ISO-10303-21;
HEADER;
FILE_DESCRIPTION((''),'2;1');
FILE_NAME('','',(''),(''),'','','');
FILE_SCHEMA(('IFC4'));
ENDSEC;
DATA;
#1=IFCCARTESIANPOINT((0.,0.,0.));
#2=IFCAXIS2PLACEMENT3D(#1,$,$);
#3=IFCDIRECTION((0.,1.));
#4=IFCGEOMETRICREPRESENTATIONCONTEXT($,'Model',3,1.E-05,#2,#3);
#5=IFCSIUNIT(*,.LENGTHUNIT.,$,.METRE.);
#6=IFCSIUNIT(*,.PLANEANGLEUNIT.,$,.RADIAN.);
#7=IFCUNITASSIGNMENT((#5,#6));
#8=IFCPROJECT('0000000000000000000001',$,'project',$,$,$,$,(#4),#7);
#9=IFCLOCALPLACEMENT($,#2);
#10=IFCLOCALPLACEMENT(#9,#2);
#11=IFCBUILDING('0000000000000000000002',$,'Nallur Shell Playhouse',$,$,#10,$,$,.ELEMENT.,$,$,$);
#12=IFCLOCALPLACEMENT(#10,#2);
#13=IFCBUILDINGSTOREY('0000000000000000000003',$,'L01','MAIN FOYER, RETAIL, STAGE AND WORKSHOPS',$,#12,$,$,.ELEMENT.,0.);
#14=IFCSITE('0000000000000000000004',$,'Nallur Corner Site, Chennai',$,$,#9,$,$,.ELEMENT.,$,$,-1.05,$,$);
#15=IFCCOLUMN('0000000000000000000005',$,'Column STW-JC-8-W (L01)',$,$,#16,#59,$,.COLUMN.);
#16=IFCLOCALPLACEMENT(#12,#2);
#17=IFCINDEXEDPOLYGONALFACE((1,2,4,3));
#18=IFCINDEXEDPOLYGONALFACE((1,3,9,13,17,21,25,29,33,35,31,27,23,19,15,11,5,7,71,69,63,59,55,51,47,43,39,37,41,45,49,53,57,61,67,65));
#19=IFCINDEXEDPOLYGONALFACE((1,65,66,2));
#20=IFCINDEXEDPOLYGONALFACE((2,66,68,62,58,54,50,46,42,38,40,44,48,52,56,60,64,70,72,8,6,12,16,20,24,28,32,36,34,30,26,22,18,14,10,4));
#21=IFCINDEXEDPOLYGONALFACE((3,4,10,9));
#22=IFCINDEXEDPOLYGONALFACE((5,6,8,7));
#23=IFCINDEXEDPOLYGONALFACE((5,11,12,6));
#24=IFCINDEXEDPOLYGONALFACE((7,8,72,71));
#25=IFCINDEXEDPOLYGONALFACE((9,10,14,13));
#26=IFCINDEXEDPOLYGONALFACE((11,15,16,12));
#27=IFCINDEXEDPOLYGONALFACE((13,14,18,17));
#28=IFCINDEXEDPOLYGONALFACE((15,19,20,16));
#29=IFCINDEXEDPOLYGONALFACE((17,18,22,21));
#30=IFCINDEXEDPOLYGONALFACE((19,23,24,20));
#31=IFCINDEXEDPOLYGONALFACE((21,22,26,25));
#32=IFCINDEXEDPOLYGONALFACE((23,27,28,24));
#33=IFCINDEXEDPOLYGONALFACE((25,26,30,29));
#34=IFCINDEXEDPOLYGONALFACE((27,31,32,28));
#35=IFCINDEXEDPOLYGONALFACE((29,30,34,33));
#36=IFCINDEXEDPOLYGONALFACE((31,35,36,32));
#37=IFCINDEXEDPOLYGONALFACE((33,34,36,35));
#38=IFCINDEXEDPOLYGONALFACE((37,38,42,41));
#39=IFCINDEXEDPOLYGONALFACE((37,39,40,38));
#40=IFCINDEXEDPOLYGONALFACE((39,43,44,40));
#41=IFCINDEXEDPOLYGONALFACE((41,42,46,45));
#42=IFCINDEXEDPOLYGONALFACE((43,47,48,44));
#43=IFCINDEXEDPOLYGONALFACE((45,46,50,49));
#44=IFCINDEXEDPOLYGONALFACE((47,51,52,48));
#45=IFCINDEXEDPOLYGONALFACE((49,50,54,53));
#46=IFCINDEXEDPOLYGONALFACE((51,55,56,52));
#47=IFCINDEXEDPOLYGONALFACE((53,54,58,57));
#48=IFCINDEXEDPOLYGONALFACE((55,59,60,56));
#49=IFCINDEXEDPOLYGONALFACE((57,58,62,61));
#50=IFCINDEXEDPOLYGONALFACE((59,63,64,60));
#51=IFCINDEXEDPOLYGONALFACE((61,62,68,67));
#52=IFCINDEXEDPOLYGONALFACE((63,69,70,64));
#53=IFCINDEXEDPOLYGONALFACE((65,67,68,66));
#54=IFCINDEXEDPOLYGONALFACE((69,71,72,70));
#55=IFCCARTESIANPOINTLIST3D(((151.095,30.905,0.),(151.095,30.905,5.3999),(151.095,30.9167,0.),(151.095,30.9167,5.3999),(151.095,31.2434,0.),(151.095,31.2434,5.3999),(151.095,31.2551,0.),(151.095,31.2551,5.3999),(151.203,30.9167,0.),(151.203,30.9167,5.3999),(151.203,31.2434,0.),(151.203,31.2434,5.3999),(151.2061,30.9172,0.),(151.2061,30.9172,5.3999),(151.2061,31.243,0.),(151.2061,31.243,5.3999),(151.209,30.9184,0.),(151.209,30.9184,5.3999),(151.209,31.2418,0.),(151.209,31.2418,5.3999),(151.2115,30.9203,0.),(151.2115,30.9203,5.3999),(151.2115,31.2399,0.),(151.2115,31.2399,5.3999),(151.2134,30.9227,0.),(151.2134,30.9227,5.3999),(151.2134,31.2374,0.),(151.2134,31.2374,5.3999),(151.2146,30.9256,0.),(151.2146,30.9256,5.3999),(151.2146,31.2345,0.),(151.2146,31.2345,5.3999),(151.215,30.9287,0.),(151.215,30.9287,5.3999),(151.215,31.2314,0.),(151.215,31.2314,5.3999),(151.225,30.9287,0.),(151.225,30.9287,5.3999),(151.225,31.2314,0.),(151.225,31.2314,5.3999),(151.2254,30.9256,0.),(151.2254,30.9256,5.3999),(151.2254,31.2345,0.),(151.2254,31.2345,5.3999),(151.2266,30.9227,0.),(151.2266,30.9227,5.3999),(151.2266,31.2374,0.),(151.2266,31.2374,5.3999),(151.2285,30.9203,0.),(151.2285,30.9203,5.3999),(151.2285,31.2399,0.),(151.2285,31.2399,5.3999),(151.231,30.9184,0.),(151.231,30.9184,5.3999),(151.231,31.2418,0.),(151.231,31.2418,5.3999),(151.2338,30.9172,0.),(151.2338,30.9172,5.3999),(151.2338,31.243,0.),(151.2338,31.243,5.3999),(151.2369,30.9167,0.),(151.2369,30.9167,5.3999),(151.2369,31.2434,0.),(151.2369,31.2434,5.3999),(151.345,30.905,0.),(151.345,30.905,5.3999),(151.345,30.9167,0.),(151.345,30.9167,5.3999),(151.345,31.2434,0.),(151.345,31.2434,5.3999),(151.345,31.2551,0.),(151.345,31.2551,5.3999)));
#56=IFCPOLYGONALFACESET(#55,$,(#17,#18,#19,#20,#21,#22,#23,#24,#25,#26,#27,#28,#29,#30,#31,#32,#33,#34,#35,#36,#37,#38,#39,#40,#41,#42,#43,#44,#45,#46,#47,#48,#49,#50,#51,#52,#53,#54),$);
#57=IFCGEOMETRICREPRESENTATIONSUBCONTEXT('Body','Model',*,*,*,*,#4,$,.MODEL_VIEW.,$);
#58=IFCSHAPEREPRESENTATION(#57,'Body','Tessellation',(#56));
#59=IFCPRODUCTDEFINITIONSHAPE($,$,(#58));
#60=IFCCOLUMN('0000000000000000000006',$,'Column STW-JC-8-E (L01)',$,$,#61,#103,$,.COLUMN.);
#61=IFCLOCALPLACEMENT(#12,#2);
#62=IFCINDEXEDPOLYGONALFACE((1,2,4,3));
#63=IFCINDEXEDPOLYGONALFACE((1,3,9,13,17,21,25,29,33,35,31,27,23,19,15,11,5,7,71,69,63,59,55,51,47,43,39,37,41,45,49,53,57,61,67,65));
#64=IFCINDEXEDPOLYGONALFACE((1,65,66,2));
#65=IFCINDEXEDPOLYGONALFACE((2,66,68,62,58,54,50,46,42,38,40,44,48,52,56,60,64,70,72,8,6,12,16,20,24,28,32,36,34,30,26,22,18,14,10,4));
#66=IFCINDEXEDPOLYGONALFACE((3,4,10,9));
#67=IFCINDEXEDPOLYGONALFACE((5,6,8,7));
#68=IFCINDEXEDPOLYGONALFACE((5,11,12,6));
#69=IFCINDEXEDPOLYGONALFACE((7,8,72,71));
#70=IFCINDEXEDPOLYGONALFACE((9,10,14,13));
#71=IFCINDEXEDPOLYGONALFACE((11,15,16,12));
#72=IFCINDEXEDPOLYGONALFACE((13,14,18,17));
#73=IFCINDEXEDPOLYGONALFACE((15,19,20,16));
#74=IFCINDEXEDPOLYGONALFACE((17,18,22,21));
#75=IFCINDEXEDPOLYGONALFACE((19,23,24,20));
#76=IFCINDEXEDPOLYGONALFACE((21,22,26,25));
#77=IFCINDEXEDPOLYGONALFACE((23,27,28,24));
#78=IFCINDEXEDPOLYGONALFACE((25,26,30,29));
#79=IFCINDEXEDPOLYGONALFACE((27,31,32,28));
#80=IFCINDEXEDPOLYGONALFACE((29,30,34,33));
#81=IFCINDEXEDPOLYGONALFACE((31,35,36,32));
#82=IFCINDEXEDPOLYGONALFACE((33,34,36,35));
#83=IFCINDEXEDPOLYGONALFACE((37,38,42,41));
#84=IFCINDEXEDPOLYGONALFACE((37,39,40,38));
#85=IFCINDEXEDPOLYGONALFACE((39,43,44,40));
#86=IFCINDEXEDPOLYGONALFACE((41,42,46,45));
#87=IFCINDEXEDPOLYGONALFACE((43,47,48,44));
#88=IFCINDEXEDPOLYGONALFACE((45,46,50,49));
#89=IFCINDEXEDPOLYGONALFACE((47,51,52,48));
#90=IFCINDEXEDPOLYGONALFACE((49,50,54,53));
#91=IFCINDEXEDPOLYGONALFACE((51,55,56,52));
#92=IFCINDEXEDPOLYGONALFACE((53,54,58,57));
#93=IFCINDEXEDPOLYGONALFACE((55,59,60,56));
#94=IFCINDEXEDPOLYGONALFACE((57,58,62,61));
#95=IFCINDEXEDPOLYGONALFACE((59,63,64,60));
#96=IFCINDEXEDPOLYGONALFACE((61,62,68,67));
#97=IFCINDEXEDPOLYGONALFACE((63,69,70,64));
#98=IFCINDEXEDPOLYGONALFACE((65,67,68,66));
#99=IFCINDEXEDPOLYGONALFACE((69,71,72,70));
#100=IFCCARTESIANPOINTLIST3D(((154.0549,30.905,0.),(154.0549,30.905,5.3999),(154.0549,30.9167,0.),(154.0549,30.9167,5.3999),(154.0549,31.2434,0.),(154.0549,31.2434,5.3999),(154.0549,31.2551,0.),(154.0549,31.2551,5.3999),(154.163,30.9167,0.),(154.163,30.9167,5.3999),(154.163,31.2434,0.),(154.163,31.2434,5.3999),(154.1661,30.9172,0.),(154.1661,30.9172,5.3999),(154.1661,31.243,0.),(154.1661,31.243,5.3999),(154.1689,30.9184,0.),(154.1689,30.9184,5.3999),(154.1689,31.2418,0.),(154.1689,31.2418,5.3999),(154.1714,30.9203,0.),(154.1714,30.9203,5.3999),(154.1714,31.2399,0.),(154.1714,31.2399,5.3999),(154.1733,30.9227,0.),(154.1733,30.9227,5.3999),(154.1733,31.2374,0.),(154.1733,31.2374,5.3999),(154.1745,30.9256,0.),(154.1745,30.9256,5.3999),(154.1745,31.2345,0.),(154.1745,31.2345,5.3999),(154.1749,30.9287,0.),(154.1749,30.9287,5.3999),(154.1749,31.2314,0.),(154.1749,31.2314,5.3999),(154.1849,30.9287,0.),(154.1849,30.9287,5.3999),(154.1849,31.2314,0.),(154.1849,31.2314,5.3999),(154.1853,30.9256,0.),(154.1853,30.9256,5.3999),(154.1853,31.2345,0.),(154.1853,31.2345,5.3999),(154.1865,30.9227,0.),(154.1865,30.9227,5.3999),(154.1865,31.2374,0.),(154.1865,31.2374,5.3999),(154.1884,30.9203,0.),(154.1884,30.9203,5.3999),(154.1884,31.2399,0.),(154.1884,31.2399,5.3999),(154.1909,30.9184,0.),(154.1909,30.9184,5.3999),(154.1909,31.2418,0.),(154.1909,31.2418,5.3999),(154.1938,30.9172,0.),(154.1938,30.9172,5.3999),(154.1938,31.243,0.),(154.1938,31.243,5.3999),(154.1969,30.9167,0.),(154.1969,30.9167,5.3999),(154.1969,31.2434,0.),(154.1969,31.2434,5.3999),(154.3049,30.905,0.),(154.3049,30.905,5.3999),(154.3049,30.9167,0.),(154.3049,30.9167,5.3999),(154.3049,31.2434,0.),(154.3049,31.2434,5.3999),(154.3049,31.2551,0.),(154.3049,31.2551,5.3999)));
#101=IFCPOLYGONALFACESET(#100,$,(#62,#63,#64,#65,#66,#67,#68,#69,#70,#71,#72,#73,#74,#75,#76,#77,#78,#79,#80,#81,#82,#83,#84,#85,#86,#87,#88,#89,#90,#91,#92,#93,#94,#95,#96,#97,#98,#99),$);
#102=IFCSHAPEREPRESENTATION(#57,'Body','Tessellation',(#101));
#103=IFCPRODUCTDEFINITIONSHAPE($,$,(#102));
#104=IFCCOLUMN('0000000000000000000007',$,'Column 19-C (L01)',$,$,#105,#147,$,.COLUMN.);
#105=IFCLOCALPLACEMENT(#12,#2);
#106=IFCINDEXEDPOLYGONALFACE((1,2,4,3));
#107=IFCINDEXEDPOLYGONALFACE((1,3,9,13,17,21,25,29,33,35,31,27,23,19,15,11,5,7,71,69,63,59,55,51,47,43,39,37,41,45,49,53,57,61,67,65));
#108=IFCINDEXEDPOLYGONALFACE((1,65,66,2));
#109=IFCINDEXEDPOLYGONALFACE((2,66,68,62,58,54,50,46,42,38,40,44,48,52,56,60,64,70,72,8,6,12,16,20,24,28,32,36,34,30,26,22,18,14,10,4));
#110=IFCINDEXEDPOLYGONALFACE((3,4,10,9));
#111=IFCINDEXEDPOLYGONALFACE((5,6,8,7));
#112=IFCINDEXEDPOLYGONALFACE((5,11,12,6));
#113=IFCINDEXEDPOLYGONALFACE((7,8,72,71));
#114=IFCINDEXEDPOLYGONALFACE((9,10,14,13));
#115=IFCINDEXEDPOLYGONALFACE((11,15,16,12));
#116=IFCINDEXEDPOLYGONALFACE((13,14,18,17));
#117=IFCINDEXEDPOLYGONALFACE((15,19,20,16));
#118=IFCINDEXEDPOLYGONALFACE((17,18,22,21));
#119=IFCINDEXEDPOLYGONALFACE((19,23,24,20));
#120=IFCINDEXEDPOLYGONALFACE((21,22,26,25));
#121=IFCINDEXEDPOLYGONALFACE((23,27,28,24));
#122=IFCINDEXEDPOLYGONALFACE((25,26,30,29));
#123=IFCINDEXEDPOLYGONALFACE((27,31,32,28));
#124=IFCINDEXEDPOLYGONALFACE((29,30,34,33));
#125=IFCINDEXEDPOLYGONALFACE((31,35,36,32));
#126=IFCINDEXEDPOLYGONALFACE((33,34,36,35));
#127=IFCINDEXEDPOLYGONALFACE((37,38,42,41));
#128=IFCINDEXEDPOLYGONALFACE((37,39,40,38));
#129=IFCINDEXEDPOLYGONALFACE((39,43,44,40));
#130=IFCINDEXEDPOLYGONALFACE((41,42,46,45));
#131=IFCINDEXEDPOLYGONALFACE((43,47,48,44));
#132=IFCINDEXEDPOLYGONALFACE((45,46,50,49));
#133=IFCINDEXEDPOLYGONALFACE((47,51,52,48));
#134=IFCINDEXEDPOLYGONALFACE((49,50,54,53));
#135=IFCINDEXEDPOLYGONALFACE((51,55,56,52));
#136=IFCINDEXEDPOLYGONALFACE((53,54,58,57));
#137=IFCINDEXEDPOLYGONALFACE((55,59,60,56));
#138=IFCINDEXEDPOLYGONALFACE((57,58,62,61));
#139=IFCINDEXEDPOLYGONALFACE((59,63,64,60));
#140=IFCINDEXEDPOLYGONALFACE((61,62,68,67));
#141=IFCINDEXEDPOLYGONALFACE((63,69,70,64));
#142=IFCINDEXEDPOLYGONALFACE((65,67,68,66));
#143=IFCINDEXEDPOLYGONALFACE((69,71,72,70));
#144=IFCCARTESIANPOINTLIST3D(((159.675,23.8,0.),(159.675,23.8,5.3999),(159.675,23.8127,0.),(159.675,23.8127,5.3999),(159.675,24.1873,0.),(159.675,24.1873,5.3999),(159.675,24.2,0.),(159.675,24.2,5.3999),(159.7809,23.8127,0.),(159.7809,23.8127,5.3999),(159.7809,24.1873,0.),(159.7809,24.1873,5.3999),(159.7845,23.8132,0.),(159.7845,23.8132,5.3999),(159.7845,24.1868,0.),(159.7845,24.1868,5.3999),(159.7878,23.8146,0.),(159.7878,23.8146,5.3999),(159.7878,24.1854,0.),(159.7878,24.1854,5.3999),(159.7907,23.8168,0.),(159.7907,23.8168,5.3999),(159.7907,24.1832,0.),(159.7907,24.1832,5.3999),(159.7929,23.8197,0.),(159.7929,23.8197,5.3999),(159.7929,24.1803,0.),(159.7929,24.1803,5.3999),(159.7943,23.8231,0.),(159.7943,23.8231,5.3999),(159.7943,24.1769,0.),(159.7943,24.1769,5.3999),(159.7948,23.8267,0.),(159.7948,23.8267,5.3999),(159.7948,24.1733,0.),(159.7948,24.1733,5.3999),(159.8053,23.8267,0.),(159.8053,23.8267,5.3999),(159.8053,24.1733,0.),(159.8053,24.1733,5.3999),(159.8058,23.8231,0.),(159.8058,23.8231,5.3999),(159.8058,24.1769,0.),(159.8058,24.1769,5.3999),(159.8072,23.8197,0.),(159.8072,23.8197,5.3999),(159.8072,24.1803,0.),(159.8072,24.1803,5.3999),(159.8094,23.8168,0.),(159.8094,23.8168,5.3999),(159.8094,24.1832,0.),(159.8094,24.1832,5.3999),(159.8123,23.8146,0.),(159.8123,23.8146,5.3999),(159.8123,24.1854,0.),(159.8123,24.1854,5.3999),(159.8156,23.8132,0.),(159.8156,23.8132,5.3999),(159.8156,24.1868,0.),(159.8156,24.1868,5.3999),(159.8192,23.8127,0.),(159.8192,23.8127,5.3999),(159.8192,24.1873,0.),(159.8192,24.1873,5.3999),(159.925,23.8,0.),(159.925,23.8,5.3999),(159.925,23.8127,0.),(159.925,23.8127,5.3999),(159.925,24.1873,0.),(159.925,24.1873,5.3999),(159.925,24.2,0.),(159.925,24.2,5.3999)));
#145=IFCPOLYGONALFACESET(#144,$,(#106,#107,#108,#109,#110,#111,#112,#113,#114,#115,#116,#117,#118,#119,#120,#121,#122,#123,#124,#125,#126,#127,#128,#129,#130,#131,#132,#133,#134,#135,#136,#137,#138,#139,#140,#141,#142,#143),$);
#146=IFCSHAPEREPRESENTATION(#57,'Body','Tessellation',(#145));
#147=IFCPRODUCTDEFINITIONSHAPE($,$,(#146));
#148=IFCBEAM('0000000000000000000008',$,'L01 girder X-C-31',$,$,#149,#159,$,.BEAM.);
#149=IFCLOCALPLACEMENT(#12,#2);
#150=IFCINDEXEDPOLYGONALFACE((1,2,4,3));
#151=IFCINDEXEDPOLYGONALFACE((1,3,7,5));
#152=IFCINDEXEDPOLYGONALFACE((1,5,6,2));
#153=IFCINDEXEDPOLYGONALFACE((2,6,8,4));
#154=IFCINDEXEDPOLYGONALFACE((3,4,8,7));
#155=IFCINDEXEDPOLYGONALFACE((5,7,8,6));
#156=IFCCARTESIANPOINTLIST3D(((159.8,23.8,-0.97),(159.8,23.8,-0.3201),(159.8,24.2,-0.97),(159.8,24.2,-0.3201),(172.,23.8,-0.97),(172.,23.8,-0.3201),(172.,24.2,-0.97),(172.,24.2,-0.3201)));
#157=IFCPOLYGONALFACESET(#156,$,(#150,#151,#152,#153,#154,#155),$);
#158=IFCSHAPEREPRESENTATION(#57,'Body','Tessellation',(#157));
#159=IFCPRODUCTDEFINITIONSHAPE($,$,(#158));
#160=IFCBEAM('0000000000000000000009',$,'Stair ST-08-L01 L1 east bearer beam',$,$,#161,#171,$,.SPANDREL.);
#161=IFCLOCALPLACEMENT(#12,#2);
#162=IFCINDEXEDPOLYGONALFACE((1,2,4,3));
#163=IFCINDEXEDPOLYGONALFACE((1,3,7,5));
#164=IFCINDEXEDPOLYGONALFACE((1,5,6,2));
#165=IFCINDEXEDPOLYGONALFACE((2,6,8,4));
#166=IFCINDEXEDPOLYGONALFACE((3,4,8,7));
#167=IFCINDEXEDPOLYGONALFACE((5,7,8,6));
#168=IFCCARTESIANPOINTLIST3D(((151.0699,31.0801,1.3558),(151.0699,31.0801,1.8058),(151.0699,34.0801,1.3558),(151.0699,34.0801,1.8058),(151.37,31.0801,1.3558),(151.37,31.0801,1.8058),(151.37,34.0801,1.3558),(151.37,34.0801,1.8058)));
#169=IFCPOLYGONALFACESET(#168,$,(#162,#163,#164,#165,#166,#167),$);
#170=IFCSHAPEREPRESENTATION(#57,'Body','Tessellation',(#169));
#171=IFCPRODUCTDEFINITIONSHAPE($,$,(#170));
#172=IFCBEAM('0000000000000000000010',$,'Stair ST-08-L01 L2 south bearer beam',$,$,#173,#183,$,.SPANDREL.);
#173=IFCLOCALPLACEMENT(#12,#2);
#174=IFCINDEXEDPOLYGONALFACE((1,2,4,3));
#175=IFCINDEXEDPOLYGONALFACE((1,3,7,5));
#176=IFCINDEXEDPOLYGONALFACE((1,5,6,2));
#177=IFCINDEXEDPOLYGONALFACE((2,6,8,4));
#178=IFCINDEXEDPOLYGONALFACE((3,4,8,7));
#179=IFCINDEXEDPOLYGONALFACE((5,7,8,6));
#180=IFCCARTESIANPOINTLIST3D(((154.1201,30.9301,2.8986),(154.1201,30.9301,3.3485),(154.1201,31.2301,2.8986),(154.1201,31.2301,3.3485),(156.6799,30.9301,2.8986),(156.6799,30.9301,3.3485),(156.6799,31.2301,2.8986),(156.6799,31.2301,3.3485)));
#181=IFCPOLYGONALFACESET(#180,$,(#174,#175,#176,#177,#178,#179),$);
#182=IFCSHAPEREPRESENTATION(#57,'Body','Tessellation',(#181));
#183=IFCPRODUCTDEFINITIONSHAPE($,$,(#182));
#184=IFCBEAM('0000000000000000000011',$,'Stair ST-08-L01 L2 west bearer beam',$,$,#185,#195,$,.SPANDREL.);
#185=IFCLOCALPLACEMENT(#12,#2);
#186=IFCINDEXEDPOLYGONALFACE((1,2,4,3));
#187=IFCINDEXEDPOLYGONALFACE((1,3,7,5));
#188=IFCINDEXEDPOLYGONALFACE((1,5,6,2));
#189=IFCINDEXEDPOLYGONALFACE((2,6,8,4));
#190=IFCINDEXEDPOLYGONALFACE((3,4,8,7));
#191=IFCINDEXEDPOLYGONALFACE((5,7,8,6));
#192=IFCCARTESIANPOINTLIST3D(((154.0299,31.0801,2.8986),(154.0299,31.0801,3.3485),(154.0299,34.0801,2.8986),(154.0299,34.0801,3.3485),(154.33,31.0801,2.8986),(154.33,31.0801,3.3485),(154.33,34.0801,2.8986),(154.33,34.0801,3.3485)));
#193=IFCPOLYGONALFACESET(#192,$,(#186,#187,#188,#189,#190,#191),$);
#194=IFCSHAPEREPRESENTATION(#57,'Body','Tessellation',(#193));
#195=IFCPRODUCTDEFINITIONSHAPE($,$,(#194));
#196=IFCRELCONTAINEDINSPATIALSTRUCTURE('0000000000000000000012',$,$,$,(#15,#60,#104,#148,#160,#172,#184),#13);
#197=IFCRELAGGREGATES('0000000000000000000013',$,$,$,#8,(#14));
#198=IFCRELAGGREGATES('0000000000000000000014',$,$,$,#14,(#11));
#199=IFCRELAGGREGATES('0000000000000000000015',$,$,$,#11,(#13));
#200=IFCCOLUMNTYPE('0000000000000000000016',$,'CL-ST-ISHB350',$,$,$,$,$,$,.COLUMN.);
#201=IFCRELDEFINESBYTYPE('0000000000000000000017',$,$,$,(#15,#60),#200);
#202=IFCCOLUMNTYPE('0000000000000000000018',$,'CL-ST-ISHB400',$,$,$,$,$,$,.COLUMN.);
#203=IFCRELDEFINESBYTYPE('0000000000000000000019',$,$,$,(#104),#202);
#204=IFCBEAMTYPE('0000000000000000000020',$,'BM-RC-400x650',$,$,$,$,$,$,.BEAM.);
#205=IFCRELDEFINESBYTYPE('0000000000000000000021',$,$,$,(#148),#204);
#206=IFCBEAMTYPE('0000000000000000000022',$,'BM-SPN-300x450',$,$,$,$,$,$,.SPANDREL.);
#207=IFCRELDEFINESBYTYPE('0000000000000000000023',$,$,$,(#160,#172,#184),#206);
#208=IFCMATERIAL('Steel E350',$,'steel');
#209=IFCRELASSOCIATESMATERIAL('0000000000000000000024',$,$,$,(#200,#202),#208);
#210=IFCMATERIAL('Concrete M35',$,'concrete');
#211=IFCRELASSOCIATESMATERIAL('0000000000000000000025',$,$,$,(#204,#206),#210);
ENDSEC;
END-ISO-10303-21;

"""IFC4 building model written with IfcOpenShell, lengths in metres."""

from ifc_helpers import new_model, si_unit, direction, frame, origin, origin_2d, place, context, subcontext, project, spatial, rectangle, i_section, extrude, material, material_profile, profile_set, type_object, element, save


model = new_model("IFC4")

# Units and contexts
model_context = context("Model", 3, precision=1e-05, world=origin(), true_north=direction((0.0, 1.0)))
body_context = subcontext(model_context, "Body", "Model", "MODEL_VIEW")
ifc_project = project(units=[si_unit("LENGTHUNIT", "METRE"), si_unit("PLANEANGLEUNIT", "RADIAN")], contexts=[model_context])

# Site, building, storey
site_placement = place(None, origin())
site = spatial("IfcSite", under=ifc_project, at=site_placement, Name="Nallur Corner Site, Chennai", CompositionType="ELEMENT", RefElevation=-1.05)
building_placement = place(site_placement, origin())
building = spatial("IfcBuilding", under=site, at=building_placement, Name="Nallur Shell Playhouse", CompositionType="ELEMENT")
storey_placement = place(building_placement, origin())
storey = spatial("IfcBuildingStorey", under=building, at=storey_placement, Name="L01", Description="MAIN FOYER, RETAIL, STAGE AND WORKSHOPS", CompositionType="ELEMENT", Elevation=0.0)

# Columns
ifc_material_1 = material(Name="Steel E350", Category="steel")
ifc_material_profile_1 = material_profile(ifc_material_1, i_section(OverallWidth=0.25, OverallDepth=0.3501, WebThickness=0.01, FlangeThickness=0.0117, FilletRadius=0.012, at=origin_2d()), Name="ISHB 350")
ifc_profile_set_1 = profile_set([ifc_material_profile_1], Name="Steel E350")
column_type_1 = type_object("IfcColumnType", Name="CL-ST-ISHB350", PredefinedType="COLUMN", material=ifc_profile_set_1)
for number, where, z_axis, x_axis, name in (
    (1, (151.22, 31.0801, 0.0), (0.0, 0.0, 1.0), (1.0, 0.0, 0.0), "Column STW-JC-8-W (L01)"),
    (2, (154.1799, 31.0801, 0.0), (0.0, 0.0, 1.0), (1.0, 0.0, 0.0), "Column STW-JC-8-E (L01)"),
):
    element("IfcColumn", number, at=place(storey_placement, frame(where, z_axis=z_axis, x_axis=x_axis)), inside=storey, type_object=column_type_1, Name=name, PredefinedType="COLUMN", context=body_context, shape_type="SweptSolid", body=[
        extrude(i_section(OverallWidth=0.25, OverallDepth=0.3501, WebThickness=0.01, FlangeThickness=0.0117, FilletRadius=0.012, at=origin_2d()), origin(), (0.0, 0.0, 1.0), 5.3999),
    ])
ifc_material_profile_2 = material_profile(ifc_material_1, i_section(OverallWidth=0.25, OverallDepth=0.3999, WebThickness=0.0105, FlangeThickness=0.0127, FilletRadius=0.0139, at=origin_2d()), Name="ISHB 400")
ifc_profile_set_2 = profile_set([ifc_material_profile_2], Name="Steel E350")
column_type_2 = type_object("IfcColumnType", Name="CL-ST-ISHB400", PredefinedType="COLUMN", material=ifc_profile_set_2)
column_placement = place(storey_placement, frame((159.8, 24.0, 0.0), z_axis=(0.0, 0.0, 1.0), x_axis=(1.0, 0.0, 0.0)))
element("IfcColumn", 3, at=column_placement, inside=storey, type_object=column_type_2, Name="Column 19-C (L01)", PredefinedType="COLUMN", context=body_context, shape_type="SweptSolid", body=[
    extrude(i_section(OverallWidth=0.25, OverallDepth=0.3999, WebThickness=0.0105, FlangeThickness=0.0127, FilletRadius=0.0139, at=origin_2d()), origin(), (0.0, 0.0, 1.0), 5.3999),
])

# Beams
ifc_material_2 = material(Name="Concrete M35", Category="concrete")
ifc_material_profile_3 = material_profile(ifc_material_2, rectangle(XDim=0.3999, YDim=0.6499, at=origin_2d()), Name="RC 400x650")
ifc_profile_set_3 = profile_set([ifc_material_profile_3], Name="Concrete M35")
beam_type_1 = type_object("IfcBeamType", Name="BM-RC-400x650", PredefinedType="BEAM", material=ifc_profile_set_3)
beam_1_placement = place(storey_placement, frame((159.8, 24.0, -0.645), z_axis=(1.0, 0.0, 0.0), x_axis=(0.0, 1.0, 0.0)))
element("IfcBeam", 4, at=beam_1_placement, inside=storey, type_object=beam_type_1, Name="L01 girder X-C-31", PredefinedType="BEAM", context=body_context, shape_type="SweptSolid", body=[
    extrude(rectangle(XDim=0.3999, YDim=0.6499, at=origin_2d()), origin(), (0.0, 0.0, 1.0), 12.2),
])
ifc_material_profile_4 = material_profile(ifc_material_2, rectangle(XDim=0.3, YDim=0.45, at=origin_2d()), Name="RC 300x450")
ifc_profile_set_4 = profile_set([ifc_material_profile_4], Name="Concrete M35")
beam_type_2 = type_object("IfcBeamType", Name="BM-SPN-300x450", PredefinedType="SPANDREL", material=ifc_profile_set_4)
beam_2_placement = place(storey_placement, frame((151.22, 31.0801, 1.5808), z_axis=(0.0, 1.0, 0.0), x_axis=(-1.0, 0.0, 0.0)))
element("IfcBeam", 5, at=beam_2_placement, inside=storey, type_object=beam_type_2, Name="Stair ST-08-L01 L1 east bearer beam", PredefinedType="SPANDREL", context=body_context, shape_type="SweptSolid", body=[
    extrude(rectangle(XDim=0.3, YDim=0.45, at=origin_2d()), origin(), (0.0, 0.0, 1.0), 3.0),
])
beam_3_placement = place(storey_placement, frame((154.1201, 31.0801, 3.1235), z_axis=(1.0, 0.0, 0.0), x_axis=(0.0, 1.0, 0.0)))
element("IfcBeam", 6, at=beam_3_placement, inside=storey, type_object=beam_type_2, Name="Stair ST-08-L01 L2 south bearer beam", PredefinedType="SPANDREL", context=body_context, shape_type="SweptSolid", body=[
    extrude(rectangle(XDim=0.3, YDim=0.45, at=origin_2d()), origin(), (0.0, 0.0, 1.0), 2.5598),
])
beam_4_placement = place(storey_placement, frame((154.1799, 31.0801, 3.1235), z_axis=(0.0, 1.0, 0.0), x_axis=(-1.0, 0.0, 0.0)))
element("IfcBeam", 7, at=beam_4_placement, inside=storey, type_object=beam_type_2, Name="Stair ST-08-L01 L2 west bearer beam", PredefinedType="SPANDREL", context=body_context, shape_type="SweptSolid", body=[
    extrude(rectangle(XDim=0.3, YDim=0.45, at=origin_2d()), origin(), (0.0, 0.0, 1.0), 3.0),
])

save(model, "model.ifc")
